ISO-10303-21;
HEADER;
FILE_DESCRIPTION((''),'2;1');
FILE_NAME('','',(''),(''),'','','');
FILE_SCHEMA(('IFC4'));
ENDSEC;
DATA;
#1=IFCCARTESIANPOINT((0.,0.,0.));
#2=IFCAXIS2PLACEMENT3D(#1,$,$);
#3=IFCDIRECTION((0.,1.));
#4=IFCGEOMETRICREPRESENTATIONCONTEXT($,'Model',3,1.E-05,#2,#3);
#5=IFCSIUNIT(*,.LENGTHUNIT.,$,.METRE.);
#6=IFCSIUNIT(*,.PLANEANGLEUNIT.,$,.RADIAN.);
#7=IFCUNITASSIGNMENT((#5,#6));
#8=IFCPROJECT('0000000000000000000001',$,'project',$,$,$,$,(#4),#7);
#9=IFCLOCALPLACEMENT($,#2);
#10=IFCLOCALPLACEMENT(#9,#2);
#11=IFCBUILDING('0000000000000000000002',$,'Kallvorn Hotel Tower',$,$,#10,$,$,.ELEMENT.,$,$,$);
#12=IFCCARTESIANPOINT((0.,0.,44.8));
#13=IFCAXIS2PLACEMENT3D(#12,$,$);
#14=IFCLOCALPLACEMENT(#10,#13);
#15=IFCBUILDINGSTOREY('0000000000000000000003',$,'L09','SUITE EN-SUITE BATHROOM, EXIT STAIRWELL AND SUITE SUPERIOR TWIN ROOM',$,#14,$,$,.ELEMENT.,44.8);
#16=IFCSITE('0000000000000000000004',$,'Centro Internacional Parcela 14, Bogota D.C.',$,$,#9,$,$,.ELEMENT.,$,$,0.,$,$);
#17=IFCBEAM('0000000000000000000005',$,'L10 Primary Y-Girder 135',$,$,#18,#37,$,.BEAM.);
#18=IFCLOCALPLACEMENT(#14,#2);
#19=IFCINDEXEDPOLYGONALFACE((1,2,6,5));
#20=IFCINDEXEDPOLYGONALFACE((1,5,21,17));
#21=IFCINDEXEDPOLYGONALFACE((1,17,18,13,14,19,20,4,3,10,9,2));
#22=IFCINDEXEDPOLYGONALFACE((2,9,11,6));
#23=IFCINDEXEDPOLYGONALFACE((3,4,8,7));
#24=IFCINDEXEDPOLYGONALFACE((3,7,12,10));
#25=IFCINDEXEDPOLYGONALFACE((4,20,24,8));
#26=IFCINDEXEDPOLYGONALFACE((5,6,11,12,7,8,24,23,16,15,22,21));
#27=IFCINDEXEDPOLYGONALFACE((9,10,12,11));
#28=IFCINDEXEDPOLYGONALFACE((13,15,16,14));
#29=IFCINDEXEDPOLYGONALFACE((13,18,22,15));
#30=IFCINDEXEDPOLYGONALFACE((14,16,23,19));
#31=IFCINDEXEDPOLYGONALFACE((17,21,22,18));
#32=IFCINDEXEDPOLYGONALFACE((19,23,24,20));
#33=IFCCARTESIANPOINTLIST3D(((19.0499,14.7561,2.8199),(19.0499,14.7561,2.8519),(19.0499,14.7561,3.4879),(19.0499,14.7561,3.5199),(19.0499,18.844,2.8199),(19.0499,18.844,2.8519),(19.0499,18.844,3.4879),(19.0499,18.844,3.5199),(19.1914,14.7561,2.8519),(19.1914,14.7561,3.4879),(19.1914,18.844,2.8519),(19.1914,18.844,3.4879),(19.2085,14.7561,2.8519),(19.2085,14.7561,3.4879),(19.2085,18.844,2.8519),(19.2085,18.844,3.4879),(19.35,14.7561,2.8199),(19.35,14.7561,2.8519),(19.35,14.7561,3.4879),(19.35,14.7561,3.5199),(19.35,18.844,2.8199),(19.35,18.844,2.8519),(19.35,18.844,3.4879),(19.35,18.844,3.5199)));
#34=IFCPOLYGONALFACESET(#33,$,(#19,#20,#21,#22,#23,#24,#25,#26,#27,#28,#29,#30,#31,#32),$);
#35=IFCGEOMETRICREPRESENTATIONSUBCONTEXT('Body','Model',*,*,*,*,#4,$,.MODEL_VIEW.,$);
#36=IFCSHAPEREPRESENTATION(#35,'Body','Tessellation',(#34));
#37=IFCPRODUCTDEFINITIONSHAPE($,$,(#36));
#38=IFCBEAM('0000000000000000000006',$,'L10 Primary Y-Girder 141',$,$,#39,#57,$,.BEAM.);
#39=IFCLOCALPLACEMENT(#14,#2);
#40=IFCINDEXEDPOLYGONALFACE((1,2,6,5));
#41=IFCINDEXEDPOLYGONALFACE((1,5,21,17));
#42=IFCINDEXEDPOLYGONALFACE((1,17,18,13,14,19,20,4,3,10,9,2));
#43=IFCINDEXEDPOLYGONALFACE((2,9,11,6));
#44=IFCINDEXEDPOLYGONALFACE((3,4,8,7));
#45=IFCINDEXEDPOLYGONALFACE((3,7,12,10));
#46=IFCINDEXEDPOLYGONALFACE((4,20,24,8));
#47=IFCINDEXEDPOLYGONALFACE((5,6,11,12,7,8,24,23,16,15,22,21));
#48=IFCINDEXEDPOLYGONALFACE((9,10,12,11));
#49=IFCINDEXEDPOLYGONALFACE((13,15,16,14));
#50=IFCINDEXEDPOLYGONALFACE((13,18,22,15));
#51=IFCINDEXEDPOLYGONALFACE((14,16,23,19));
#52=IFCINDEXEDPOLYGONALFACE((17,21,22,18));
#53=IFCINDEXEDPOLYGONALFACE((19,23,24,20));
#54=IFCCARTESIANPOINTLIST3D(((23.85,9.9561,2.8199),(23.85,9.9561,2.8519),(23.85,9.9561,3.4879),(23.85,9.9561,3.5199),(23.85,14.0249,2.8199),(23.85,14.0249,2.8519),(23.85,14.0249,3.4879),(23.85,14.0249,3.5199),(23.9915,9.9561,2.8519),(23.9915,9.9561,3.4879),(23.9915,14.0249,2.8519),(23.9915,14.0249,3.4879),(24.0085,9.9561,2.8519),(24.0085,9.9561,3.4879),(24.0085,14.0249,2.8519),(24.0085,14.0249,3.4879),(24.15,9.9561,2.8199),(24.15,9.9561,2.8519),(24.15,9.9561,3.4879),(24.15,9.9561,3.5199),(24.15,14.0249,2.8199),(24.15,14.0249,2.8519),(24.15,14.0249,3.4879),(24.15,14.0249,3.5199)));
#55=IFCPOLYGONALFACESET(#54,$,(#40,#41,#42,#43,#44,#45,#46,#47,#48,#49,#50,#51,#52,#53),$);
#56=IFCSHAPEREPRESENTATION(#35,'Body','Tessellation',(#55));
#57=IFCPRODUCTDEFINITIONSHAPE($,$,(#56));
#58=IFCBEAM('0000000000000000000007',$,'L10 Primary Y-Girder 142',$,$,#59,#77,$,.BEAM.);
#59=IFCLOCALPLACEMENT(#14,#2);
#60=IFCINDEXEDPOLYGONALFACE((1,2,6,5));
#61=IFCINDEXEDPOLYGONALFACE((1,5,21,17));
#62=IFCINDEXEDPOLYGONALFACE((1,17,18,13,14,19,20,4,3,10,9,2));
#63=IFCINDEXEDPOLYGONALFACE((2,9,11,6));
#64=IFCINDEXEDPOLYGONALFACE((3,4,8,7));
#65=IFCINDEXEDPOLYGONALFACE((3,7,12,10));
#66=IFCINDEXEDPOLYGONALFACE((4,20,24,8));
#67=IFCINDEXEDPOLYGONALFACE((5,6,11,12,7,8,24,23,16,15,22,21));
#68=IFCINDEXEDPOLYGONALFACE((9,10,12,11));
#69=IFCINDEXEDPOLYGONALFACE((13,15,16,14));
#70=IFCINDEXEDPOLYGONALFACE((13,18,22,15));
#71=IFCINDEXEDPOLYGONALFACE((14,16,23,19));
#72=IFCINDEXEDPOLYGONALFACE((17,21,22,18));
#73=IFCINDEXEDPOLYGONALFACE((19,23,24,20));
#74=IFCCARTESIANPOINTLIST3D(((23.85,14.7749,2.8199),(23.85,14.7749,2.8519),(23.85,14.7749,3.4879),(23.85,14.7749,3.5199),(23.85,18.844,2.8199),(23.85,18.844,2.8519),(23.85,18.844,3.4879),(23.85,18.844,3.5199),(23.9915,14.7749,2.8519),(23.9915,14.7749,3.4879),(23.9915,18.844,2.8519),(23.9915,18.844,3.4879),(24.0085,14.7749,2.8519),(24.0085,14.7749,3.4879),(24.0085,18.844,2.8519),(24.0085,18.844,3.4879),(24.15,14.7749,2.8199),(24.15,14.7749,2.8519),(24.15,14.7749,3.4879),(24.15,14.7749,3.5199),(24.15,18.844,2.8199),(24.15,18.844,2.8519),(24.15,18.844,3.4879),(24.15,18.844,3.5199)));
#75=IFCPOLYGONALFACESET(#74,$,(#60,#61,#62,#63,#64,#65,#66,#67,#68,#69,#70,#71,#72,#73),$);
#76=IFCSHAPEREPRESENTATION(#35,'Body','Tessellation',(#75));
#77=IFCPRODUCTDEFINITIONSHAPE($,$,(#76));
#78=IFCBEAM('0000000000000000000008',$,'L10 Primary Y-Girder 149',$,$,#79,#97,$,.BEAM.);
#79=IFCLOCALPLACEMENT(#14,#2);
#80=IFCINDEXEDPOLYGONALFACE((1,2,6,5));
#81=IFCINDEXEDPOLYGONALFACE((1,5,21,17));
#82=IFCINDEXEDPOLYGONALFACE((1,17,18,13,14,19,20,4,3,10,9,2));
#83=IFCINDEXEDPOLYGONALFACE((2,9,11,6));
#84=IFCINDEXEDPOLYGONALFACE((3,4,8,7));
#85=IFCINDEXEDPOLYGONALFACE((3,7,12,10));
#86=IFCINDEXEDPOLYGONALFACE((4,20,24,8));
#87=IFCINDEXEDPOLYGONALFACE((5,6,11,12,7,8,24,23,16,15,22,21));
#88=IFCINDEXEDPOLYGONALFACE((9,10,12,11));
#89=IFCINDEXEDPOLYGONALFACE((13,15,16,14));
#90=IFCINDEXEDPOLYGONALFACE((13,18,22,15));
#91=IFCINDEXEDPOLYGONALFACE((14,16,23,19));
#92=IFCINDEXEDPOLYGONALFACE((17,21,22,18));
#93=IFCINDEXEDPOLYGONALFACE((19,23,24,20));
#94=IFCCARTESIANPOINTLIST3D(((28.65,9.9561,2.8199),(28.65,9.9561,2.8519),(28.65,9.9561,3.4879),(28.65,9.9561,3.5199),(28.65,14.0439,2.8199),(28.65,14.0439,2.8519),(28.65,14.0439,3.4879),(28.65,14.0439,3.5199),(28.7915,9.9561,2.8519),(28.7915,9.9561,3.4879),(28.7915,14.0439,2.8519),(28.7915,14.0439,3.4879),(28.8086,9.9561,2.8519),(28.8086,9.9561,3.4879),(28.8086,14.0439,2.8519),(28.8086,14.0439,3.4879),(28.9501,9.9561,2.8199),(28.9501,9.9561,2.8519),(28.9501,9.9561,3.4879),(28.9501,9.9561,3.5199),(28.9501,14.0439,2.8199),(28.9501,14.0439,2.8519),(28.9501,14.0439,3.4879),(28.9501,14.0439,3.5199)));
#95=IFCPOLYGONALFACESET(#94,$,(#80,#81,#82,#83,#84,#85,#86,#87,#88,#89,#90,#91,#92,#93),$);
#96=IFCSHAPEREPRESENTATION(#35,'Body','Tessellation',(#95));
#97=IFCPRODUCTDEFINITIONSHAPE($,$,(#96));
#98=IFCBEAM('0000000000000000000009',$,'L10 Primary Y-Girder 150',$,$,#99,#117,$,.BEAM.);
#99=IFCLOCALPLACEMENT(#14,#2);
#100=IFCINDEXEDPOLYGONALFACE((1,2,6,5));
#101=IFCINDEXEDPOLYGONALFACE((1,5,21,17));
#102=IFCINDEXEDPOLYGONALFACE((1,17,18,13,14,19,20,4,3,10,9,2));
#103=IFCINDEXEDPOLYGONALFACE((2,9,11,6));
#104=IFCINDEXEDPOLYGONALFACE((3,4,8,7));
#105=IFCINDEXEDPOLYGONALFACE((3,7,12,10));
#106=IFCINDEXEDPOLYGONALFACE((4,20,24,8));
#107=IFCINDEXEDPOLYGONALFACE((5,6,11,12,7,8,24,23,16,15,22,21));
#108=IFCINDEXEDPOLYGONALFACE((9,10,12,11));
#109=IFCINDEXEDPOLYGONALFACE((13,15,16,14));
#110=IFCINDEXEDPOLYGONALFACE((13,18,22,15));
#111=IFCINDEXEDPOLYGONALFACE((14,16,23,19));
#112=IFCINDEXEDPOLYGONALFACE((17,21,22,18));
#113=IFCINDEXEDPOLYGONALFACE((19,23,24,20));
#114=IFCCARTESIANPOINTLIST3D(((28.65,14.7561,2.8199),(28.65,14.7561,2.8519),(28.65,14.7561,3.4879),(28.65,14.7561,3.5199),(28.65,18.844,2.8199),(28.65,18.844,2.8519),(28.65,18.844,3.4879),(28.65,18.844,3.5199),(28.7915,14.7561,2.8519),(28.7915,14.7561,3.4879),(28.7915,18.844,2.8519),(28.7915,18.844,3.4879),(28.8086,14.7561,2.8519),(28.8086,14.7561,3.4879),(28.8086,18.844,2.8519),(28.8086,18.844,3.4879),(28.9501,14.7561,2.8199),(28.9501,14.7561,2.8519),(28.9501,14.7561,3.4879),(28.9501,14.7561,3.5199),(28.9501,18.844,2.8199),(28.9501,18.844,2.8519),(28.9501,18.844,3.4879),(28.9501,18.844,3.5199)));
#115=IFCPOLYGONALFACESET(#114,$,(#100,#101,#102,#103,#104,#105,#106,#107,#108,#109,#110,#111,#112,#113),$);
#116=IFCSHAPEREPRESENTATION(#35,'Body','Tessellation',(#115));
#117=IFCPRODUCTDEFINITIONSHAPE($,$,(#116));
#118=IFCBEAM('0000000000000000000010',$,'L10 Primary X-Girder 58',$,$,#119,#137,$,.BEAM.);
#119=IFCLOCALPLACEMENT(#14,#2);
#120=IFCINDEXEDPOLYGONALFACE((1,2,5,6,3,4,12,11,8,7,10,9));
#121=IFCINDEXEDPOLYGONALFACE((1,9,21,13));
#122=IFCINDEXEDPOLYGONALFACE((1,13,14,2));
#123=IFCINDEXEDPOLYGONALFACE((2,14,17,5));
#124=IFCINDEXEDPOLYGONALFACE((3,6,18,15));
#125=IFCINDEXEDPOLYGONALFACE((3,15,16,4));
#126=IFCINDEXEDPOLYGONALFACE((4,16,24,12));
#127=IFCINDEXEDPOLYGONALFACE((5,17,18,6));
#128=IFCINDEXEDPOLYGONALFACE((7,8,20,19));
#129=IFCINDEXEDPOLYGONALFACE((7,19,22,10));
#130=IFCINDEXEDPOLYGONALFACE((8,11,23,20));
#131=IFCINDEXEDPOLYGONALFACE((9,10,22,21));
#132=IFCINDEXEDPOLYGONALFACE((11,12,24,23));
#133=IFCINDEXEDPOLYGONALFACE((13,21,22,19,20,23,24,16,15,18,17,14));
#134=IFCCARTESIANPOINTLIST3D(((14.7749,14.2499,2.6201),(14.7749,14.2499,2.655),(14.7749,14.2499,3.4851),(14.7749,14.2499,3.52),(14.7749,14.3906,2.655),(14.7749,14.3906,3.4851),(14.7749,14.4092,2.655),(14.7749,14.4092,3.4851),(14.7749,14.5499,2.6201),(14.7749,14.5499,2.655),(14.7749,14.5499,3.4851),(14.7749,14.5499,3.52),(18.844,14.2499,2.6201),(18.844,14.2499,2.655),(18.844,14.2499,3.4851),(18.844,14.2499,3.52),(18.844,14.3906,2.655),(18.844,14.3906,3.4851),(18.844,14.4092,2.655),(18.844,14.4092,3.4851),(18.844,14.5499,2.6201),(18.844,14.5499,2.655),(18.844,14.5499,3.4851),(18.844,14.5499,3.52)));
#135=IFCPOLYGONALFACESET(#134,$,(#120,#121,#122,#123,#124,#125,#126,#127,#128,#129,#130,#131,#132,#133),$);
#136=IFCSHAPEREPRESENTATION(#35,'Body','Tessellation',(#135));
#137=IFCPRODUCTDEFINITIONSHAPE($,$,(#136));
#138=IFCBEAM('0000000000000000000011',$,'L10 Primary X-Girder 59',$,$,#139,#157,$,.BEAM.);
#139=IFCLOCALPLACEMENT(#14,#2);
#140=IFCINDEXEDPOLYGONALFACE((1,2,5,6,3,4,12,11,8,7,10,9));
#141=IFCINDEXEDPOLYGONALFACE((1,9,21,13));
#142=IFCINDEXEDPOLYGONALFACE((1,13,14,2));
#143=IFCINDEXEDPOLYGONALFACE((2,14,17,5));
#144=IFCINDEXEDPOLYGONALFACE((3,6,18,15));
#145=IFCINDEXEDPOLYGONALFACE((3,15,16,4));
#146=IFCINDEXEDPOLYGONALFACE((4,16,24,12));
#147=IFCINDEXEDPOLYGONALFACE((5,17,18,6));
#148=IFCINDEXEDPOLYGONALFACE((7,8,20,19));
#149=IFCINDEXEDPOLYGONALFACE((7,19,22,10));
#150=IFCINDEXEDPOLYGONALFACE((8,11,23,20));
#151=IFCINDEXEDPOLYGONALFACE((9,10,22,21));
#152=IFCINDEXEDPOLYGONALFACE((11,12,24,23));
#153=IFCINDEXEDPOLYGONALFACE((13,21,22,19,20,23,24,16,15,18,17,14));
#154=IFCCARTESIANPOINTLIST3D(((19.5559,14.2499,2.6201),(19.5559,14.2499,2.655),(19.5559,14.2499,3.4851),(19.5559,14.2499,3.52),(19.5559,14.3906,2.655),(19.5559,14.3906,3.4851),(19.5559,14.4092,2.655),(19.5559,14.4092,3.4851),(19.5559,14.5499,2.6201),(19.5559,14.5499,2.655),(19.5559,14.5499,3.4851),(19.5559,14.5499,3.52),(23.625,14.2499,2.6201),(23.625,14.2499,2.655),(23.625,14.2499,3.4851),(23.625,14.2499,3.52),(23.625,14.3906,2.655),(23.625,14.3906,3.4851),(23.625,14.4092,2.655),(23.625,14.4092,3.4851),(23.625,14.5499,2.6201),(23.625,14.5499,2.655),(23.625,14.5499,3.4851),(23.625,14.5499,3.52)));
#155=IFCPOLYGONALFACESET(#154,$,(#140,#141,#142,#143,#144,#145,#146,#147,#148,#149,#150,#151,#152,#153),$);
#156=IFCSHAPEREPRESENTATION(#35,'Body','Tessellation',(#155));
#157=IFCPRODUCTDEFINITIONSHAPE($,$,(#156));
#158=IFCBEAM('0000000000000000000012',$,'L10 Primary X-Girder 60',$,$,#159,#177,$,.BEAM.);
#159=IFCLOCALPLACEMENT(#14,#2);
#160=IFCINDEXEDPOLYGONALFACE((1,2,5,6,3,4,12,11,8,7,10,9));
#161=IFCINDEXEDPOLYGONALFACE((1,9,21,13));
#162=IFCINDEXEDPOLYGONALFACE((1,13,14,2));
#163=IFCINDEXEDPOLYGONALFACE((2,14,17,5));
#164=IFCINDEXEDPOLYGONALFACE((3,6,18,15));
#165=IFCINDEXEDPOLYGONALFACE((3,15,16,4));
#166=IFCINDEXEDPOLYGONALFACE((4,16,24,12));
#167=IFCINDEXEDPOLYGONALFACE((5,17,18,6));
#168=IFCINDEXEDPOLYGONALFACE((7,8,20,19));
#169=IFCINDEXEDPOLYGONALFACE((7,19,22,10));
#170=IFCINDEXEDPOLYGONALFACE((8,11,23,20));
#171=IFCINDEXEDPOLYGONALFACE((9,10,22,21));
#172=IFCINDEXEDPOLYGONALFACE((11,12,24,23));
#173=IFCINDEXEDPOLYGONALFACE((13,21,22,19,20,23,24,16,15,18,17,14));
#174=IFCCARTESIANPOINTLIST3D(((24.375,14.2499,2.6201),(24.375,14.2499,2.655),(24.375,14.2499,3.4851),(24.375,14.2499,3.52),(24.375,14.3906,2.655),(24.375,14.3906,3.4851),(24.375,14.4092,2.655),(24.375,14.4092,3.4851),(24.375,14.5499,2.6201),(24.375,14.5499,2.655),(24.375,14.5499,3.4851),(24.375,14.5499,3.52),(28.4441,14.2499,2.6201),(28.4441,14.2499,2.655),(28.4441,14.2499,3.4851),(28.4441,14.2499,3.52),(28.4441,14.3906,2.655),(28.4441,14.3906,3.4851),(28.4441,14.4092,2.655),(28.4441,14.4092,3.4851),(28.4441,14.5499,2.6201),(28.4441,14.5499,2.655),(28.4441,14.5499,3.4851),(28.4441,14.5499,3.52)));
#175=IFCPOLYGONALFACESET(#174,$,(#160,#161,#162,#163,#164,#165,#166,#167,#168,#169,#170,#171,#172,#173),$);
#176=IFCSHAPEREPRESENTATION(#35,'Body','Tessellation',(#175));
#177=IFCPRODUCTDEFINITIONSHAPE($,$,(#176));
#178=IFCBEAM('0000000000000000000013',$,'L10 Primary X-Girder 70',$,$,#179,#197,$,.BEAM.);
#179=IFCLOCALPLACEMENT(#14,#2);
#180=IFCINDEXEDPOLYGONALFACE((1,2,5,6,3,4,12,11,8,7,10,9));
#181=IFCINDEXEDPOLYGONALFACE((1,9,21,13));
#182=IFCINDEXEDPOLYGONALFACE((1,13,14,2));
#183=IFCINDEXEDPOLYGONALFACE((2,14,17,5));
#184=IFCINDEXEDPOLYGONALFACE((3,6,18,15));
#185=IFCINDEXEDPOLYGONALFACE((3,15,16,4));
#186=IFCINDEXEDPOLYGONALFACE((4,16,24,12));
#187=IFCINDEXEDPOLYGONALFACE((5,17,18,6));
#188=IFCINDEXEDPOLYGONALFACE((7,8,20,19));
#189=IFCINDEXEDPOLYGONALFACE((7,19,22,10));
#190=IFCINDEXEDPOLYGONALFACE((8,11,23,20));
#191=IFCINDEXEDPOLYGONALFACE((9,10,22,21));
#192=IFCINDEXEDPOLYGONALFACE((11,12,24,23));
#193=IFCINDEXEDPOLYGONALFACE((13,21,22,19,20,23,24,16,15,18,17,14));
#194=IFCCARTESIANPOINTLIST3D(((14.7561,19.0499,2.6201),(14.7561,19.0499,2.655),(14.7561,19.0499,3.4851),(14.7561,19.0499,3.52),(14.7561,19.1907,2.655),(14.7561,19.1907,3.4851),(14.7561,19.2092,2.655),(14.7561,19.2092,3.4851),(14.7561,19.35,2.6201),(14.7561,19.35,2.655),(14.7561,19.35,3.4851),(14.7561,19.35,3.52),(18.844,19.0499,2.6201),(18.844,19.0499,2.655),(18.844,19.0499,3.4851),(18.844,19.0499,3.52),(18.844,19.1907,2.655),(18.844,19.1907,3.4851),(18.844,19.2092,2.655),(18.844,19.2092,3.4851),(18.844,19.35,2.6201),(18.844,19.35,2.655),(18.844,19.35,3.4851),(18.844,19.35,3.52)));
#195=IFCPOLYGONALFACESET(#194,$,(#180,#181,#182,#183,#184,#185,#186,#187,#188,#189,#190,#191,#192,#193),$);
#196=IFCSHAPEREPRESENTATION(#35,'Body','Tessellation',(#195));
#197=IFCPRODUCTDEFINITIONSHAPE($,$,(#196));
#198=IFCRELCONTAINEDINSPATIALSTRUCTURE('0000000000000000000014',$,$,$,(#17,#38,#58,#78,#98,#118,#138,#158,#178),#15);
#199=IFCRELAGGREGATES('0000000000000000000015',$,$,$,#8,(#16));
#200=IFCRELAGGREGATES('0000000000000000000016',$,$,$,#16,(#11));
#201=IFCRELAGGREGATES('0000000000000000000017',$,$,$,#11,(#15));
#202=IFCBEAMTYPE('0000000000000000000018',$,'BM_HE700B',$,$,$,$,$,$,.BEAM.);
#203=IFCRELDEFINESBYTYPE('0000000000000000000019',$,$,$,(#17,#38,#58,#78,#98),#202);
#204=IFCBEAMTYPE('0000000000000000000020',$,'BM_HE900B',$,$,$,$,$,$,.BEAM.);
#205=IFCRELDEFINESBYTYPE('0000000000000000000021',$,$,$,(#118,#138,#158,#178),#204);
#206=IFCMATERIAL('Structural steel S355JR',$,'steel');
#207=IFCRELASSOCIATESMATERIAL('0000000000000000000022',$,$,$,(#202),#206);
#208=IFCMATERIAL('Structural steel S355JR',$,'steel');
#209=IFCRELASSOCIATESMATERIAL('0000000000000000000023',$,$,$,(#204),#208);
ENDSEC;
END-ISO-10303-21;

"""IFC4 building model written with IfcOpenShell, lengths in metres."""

from ifc_helpers import new_model, si_unit, direction, frame, origin, origin_2d, place, context, subcontext, project, spatial, i_section, extrude, material, material_profile, profile_set, type_object, element, save


model = new_model("IFC4")

# Units and contexts
model_context = context("Model", 3, precision=1e-05, world=origin(), true_north=direction((0.0, 1.0)))
body_context = subcontext(model_context, "Body", "Model", "MODEL_VIEW")
ifc_project = project(units=[si_unit("LENGTHUNIT", "METRE"), si_unit("PLANEANGLEUNIT", "RADIAN")], contexts=[model_context])

# Site, building, storey
site_placement = place(None, origin())
site = spatial("IfcSite", under=ifc_project, at=site_placement, Name="Centro Internacional Parcela 14, Bogota D.C.", CompositionType="ELEMENT", RefElevation=0.0)
building_placement = place(site_placement, origin())
building = spatial("IfcBuilding", under=site, at=building_placement, Name="Kallvorn Hotel Tower", CompositionType="ELEMENT")
storey_placement = place(building_placement, frame((0.0, 0.0, 44.8)))
storey = spatial("IfcBuildingStorey", under=building, at=storey_placement, Name="L09", Description="SUITE EN-SUITE BATHROOM, EXIT STAIRWELL AND SUITE SUPERIOR TWIN ROOM", CompositionType="ELEMENT", Elevation=44.8)

# Beams
ifc_material_1 = material(Name="Structural steel S355JR", Category="steel")
ifc_material_profile_1 = material_profile(ifc_material_1, i_section(OverallWidth=0.3, OverallDepth=0.7, WebThickness=0.0171, FlangeThickness=0.032, at=origin_2d()), Name="HE 700 B")
ifc_profile_set_1 = profile_set([ifc_material_profile_1], Name="Structural steel S355JR")
beam_type_1 = type_object("IfcBeamType", Name="BM_HE700B", PredefinedType="BEAM", material=ifc_profile_set_1)
for number, where, z_axis, x_axis, name in (
    (1, (19.2, 14.7561, 3.1699), (0.0, 1.0, 0.0), (-1.0, 0.0, 0.0), "L10 Primary Y-Girder 135"),
):
    element("IfcBeam", number, at=place(storey_placement, frame(where, z_axis=z_axis, x_axis=x_axis)), inside=storey, type_object=beam_type_1, Name=name, PredefinedType="BEAM", context=body_context, shape_type="SweptSolid", body=[
        extrude(i_section(OverallWidth=0.3, OverallDepth=0.7, WebThickness=0.0171, FlangeThickness=0.032, at=origin_2d()), origin(), (0.0, 0.0, 1.0), 4.0879),
    ])
beam_1_placement = place(storey_placement, frame((24.0, 9.9561, 3.1699), z_axis=(0.0, 1.0, 0.0), x_axis=(-1.0, 0.0, 0.0)))
element("IfcBeam", 2, at=beam_1_placement, inside=storey, type_object=beam_type_1, Name="L10 Primary Y-Girder 141", PredefinedType="BEAM", context=body_context, shape_type="SweptSolid", body=[
    extrude(i_section(OverallWidth=0.3, OverallDepth=0.7, WebThickness=0.0171, FlangeThickness=0.032, at=origin_2d()), origin(), (0.0, 0.0, 1.0), 4.0688),
])
beam_2_placement = place(storey_placement, frame((24.0, 14.7749, 3.1699), z_axis=(0.0, 1.0, 0.0), x_axis=(-1.0, 0.0, 0.0)))
element("IfcBeam", 3, at=beam_2_placement, inside=storey, type_object=beam_type_1, Name="L10 Primary Y-Girder 142", PredefinedType="BEAM", context=body_context, shape_type="SweptSolid", body=[
    extrude(i_section(OverallWidth=0.3, OverallDepth=0.7, WebThickness=0.0171, FlangeThickness=0.032, at=origin_2d()), origin(), (0.0, 0.0, 1.0), 4.0691),
])
for number, where, z_axis, x_axis, name in (
    (4, (28.8, 9.9561, 3.1699), (0.0, 1.0, 0.0), (-1.0, 0.0, 0.0), "L10 Primary Y-Girder 149"),
    (5, (28.8, 14.7561, 3.1699), (0.0, 1.0, 0.0), (-1.0, 0.0, 0.0), "L10 Primary Y-Girder 150"),
):
    element("IfcBeam", number, at=place(storey_placement, frame(where, z_axis=z_axis, x_axis=x_axis)), inside=storey, type_object=beam_type_1, Name=name, PredefinedType="BEAM", context=body_context, shape_type="SweptSolid", body=[
        extrude(i_section(OverallWidth=0.3, OverallDepth=0.7, WebThickness=0.0171, FlangeThickness=0.032, at=origin_2d()), origin(), (0.0, 0.0, 1.0), 4.0879),
    ])
ifc_material_2 = material(Name="Structural steel S355JR", Category="steel")
ifc_material_profile_2 = material_profile(ifc_material_2, i_section(OverallWidth=0.3, OverallDepth=0.8999, WebThickness=0.0186, FlangeThickness=0.0349, at=origin_2d()), Name="HE 900 B")
ifc_profile_set_2 = profile_set([ifc_material_profile_2], Name="Structural steel S355JR")
beam_type_2 = type_object("IfcBeamType", Name="BM_HE900B", PredefinedType="BEAM", material=ifc_profile_set_2)
for number, where, z_axis, x_axis, name in (
    (6, (14.7749, 14.3999, 3.0701), (1.0, 0.0, 0.0), (0.0, 1.0, 0.0), "L10 Primary X-Girder 58"),
    (7, (19.5559, 14.3999, 3.0701), (1.0, 0.0, 0.0), (0.0, 1.0, 0.0), "L10 Primary X-Girder 59"),
    (8, (24.375, 14.3999, 3.0701), (1.0, 0.0, 0.0), (0.0, 1.0, 0.0), "L10 Primary X-Girder 60"),
):
    element("IfcBeam", number, at=place(storey_placement, frame(where, z_axis=z_axis, x_axis=x_axis)), inside=storey, type_object=beam_type_2, Name=name, PredefinedType="BEAM", context=body_context, shape_type="SweptSolid", body=[
        extrude(i_section(OverallWidth=0.3, OverallDepth=0.8999, WebThickness=0.0186, FlangeThickness=0.0349, at=origin_2d()), origin(), (0.0, 0.0, 1.0), 4.0691),
    ])
beam_3_placement = place(storey_placement, frame((14.7561, 19.2, 3.0701), z_axis=(1.0, 0.0, 0.0), x_axis=(0.0, 1.0, 0.0)))
element("IfcBeam", 9, at=beam_3_placement, inside=storey, type_object=beam_type_2, Name="L10 Primary X-Girder 70", PredefinedType="BEAM", context=body_context, shape_type="SweptSolid", body=[
    extrude(i_section(OverallWidth=0.3, OverallDepth=0.8999, WebThickness=0.0186, FlangeThickness=0.0349, at=origin_2d()), origin(), (0.0, 0.0, 1.0), 4.0879),
])

save(model, "model.ifc")
